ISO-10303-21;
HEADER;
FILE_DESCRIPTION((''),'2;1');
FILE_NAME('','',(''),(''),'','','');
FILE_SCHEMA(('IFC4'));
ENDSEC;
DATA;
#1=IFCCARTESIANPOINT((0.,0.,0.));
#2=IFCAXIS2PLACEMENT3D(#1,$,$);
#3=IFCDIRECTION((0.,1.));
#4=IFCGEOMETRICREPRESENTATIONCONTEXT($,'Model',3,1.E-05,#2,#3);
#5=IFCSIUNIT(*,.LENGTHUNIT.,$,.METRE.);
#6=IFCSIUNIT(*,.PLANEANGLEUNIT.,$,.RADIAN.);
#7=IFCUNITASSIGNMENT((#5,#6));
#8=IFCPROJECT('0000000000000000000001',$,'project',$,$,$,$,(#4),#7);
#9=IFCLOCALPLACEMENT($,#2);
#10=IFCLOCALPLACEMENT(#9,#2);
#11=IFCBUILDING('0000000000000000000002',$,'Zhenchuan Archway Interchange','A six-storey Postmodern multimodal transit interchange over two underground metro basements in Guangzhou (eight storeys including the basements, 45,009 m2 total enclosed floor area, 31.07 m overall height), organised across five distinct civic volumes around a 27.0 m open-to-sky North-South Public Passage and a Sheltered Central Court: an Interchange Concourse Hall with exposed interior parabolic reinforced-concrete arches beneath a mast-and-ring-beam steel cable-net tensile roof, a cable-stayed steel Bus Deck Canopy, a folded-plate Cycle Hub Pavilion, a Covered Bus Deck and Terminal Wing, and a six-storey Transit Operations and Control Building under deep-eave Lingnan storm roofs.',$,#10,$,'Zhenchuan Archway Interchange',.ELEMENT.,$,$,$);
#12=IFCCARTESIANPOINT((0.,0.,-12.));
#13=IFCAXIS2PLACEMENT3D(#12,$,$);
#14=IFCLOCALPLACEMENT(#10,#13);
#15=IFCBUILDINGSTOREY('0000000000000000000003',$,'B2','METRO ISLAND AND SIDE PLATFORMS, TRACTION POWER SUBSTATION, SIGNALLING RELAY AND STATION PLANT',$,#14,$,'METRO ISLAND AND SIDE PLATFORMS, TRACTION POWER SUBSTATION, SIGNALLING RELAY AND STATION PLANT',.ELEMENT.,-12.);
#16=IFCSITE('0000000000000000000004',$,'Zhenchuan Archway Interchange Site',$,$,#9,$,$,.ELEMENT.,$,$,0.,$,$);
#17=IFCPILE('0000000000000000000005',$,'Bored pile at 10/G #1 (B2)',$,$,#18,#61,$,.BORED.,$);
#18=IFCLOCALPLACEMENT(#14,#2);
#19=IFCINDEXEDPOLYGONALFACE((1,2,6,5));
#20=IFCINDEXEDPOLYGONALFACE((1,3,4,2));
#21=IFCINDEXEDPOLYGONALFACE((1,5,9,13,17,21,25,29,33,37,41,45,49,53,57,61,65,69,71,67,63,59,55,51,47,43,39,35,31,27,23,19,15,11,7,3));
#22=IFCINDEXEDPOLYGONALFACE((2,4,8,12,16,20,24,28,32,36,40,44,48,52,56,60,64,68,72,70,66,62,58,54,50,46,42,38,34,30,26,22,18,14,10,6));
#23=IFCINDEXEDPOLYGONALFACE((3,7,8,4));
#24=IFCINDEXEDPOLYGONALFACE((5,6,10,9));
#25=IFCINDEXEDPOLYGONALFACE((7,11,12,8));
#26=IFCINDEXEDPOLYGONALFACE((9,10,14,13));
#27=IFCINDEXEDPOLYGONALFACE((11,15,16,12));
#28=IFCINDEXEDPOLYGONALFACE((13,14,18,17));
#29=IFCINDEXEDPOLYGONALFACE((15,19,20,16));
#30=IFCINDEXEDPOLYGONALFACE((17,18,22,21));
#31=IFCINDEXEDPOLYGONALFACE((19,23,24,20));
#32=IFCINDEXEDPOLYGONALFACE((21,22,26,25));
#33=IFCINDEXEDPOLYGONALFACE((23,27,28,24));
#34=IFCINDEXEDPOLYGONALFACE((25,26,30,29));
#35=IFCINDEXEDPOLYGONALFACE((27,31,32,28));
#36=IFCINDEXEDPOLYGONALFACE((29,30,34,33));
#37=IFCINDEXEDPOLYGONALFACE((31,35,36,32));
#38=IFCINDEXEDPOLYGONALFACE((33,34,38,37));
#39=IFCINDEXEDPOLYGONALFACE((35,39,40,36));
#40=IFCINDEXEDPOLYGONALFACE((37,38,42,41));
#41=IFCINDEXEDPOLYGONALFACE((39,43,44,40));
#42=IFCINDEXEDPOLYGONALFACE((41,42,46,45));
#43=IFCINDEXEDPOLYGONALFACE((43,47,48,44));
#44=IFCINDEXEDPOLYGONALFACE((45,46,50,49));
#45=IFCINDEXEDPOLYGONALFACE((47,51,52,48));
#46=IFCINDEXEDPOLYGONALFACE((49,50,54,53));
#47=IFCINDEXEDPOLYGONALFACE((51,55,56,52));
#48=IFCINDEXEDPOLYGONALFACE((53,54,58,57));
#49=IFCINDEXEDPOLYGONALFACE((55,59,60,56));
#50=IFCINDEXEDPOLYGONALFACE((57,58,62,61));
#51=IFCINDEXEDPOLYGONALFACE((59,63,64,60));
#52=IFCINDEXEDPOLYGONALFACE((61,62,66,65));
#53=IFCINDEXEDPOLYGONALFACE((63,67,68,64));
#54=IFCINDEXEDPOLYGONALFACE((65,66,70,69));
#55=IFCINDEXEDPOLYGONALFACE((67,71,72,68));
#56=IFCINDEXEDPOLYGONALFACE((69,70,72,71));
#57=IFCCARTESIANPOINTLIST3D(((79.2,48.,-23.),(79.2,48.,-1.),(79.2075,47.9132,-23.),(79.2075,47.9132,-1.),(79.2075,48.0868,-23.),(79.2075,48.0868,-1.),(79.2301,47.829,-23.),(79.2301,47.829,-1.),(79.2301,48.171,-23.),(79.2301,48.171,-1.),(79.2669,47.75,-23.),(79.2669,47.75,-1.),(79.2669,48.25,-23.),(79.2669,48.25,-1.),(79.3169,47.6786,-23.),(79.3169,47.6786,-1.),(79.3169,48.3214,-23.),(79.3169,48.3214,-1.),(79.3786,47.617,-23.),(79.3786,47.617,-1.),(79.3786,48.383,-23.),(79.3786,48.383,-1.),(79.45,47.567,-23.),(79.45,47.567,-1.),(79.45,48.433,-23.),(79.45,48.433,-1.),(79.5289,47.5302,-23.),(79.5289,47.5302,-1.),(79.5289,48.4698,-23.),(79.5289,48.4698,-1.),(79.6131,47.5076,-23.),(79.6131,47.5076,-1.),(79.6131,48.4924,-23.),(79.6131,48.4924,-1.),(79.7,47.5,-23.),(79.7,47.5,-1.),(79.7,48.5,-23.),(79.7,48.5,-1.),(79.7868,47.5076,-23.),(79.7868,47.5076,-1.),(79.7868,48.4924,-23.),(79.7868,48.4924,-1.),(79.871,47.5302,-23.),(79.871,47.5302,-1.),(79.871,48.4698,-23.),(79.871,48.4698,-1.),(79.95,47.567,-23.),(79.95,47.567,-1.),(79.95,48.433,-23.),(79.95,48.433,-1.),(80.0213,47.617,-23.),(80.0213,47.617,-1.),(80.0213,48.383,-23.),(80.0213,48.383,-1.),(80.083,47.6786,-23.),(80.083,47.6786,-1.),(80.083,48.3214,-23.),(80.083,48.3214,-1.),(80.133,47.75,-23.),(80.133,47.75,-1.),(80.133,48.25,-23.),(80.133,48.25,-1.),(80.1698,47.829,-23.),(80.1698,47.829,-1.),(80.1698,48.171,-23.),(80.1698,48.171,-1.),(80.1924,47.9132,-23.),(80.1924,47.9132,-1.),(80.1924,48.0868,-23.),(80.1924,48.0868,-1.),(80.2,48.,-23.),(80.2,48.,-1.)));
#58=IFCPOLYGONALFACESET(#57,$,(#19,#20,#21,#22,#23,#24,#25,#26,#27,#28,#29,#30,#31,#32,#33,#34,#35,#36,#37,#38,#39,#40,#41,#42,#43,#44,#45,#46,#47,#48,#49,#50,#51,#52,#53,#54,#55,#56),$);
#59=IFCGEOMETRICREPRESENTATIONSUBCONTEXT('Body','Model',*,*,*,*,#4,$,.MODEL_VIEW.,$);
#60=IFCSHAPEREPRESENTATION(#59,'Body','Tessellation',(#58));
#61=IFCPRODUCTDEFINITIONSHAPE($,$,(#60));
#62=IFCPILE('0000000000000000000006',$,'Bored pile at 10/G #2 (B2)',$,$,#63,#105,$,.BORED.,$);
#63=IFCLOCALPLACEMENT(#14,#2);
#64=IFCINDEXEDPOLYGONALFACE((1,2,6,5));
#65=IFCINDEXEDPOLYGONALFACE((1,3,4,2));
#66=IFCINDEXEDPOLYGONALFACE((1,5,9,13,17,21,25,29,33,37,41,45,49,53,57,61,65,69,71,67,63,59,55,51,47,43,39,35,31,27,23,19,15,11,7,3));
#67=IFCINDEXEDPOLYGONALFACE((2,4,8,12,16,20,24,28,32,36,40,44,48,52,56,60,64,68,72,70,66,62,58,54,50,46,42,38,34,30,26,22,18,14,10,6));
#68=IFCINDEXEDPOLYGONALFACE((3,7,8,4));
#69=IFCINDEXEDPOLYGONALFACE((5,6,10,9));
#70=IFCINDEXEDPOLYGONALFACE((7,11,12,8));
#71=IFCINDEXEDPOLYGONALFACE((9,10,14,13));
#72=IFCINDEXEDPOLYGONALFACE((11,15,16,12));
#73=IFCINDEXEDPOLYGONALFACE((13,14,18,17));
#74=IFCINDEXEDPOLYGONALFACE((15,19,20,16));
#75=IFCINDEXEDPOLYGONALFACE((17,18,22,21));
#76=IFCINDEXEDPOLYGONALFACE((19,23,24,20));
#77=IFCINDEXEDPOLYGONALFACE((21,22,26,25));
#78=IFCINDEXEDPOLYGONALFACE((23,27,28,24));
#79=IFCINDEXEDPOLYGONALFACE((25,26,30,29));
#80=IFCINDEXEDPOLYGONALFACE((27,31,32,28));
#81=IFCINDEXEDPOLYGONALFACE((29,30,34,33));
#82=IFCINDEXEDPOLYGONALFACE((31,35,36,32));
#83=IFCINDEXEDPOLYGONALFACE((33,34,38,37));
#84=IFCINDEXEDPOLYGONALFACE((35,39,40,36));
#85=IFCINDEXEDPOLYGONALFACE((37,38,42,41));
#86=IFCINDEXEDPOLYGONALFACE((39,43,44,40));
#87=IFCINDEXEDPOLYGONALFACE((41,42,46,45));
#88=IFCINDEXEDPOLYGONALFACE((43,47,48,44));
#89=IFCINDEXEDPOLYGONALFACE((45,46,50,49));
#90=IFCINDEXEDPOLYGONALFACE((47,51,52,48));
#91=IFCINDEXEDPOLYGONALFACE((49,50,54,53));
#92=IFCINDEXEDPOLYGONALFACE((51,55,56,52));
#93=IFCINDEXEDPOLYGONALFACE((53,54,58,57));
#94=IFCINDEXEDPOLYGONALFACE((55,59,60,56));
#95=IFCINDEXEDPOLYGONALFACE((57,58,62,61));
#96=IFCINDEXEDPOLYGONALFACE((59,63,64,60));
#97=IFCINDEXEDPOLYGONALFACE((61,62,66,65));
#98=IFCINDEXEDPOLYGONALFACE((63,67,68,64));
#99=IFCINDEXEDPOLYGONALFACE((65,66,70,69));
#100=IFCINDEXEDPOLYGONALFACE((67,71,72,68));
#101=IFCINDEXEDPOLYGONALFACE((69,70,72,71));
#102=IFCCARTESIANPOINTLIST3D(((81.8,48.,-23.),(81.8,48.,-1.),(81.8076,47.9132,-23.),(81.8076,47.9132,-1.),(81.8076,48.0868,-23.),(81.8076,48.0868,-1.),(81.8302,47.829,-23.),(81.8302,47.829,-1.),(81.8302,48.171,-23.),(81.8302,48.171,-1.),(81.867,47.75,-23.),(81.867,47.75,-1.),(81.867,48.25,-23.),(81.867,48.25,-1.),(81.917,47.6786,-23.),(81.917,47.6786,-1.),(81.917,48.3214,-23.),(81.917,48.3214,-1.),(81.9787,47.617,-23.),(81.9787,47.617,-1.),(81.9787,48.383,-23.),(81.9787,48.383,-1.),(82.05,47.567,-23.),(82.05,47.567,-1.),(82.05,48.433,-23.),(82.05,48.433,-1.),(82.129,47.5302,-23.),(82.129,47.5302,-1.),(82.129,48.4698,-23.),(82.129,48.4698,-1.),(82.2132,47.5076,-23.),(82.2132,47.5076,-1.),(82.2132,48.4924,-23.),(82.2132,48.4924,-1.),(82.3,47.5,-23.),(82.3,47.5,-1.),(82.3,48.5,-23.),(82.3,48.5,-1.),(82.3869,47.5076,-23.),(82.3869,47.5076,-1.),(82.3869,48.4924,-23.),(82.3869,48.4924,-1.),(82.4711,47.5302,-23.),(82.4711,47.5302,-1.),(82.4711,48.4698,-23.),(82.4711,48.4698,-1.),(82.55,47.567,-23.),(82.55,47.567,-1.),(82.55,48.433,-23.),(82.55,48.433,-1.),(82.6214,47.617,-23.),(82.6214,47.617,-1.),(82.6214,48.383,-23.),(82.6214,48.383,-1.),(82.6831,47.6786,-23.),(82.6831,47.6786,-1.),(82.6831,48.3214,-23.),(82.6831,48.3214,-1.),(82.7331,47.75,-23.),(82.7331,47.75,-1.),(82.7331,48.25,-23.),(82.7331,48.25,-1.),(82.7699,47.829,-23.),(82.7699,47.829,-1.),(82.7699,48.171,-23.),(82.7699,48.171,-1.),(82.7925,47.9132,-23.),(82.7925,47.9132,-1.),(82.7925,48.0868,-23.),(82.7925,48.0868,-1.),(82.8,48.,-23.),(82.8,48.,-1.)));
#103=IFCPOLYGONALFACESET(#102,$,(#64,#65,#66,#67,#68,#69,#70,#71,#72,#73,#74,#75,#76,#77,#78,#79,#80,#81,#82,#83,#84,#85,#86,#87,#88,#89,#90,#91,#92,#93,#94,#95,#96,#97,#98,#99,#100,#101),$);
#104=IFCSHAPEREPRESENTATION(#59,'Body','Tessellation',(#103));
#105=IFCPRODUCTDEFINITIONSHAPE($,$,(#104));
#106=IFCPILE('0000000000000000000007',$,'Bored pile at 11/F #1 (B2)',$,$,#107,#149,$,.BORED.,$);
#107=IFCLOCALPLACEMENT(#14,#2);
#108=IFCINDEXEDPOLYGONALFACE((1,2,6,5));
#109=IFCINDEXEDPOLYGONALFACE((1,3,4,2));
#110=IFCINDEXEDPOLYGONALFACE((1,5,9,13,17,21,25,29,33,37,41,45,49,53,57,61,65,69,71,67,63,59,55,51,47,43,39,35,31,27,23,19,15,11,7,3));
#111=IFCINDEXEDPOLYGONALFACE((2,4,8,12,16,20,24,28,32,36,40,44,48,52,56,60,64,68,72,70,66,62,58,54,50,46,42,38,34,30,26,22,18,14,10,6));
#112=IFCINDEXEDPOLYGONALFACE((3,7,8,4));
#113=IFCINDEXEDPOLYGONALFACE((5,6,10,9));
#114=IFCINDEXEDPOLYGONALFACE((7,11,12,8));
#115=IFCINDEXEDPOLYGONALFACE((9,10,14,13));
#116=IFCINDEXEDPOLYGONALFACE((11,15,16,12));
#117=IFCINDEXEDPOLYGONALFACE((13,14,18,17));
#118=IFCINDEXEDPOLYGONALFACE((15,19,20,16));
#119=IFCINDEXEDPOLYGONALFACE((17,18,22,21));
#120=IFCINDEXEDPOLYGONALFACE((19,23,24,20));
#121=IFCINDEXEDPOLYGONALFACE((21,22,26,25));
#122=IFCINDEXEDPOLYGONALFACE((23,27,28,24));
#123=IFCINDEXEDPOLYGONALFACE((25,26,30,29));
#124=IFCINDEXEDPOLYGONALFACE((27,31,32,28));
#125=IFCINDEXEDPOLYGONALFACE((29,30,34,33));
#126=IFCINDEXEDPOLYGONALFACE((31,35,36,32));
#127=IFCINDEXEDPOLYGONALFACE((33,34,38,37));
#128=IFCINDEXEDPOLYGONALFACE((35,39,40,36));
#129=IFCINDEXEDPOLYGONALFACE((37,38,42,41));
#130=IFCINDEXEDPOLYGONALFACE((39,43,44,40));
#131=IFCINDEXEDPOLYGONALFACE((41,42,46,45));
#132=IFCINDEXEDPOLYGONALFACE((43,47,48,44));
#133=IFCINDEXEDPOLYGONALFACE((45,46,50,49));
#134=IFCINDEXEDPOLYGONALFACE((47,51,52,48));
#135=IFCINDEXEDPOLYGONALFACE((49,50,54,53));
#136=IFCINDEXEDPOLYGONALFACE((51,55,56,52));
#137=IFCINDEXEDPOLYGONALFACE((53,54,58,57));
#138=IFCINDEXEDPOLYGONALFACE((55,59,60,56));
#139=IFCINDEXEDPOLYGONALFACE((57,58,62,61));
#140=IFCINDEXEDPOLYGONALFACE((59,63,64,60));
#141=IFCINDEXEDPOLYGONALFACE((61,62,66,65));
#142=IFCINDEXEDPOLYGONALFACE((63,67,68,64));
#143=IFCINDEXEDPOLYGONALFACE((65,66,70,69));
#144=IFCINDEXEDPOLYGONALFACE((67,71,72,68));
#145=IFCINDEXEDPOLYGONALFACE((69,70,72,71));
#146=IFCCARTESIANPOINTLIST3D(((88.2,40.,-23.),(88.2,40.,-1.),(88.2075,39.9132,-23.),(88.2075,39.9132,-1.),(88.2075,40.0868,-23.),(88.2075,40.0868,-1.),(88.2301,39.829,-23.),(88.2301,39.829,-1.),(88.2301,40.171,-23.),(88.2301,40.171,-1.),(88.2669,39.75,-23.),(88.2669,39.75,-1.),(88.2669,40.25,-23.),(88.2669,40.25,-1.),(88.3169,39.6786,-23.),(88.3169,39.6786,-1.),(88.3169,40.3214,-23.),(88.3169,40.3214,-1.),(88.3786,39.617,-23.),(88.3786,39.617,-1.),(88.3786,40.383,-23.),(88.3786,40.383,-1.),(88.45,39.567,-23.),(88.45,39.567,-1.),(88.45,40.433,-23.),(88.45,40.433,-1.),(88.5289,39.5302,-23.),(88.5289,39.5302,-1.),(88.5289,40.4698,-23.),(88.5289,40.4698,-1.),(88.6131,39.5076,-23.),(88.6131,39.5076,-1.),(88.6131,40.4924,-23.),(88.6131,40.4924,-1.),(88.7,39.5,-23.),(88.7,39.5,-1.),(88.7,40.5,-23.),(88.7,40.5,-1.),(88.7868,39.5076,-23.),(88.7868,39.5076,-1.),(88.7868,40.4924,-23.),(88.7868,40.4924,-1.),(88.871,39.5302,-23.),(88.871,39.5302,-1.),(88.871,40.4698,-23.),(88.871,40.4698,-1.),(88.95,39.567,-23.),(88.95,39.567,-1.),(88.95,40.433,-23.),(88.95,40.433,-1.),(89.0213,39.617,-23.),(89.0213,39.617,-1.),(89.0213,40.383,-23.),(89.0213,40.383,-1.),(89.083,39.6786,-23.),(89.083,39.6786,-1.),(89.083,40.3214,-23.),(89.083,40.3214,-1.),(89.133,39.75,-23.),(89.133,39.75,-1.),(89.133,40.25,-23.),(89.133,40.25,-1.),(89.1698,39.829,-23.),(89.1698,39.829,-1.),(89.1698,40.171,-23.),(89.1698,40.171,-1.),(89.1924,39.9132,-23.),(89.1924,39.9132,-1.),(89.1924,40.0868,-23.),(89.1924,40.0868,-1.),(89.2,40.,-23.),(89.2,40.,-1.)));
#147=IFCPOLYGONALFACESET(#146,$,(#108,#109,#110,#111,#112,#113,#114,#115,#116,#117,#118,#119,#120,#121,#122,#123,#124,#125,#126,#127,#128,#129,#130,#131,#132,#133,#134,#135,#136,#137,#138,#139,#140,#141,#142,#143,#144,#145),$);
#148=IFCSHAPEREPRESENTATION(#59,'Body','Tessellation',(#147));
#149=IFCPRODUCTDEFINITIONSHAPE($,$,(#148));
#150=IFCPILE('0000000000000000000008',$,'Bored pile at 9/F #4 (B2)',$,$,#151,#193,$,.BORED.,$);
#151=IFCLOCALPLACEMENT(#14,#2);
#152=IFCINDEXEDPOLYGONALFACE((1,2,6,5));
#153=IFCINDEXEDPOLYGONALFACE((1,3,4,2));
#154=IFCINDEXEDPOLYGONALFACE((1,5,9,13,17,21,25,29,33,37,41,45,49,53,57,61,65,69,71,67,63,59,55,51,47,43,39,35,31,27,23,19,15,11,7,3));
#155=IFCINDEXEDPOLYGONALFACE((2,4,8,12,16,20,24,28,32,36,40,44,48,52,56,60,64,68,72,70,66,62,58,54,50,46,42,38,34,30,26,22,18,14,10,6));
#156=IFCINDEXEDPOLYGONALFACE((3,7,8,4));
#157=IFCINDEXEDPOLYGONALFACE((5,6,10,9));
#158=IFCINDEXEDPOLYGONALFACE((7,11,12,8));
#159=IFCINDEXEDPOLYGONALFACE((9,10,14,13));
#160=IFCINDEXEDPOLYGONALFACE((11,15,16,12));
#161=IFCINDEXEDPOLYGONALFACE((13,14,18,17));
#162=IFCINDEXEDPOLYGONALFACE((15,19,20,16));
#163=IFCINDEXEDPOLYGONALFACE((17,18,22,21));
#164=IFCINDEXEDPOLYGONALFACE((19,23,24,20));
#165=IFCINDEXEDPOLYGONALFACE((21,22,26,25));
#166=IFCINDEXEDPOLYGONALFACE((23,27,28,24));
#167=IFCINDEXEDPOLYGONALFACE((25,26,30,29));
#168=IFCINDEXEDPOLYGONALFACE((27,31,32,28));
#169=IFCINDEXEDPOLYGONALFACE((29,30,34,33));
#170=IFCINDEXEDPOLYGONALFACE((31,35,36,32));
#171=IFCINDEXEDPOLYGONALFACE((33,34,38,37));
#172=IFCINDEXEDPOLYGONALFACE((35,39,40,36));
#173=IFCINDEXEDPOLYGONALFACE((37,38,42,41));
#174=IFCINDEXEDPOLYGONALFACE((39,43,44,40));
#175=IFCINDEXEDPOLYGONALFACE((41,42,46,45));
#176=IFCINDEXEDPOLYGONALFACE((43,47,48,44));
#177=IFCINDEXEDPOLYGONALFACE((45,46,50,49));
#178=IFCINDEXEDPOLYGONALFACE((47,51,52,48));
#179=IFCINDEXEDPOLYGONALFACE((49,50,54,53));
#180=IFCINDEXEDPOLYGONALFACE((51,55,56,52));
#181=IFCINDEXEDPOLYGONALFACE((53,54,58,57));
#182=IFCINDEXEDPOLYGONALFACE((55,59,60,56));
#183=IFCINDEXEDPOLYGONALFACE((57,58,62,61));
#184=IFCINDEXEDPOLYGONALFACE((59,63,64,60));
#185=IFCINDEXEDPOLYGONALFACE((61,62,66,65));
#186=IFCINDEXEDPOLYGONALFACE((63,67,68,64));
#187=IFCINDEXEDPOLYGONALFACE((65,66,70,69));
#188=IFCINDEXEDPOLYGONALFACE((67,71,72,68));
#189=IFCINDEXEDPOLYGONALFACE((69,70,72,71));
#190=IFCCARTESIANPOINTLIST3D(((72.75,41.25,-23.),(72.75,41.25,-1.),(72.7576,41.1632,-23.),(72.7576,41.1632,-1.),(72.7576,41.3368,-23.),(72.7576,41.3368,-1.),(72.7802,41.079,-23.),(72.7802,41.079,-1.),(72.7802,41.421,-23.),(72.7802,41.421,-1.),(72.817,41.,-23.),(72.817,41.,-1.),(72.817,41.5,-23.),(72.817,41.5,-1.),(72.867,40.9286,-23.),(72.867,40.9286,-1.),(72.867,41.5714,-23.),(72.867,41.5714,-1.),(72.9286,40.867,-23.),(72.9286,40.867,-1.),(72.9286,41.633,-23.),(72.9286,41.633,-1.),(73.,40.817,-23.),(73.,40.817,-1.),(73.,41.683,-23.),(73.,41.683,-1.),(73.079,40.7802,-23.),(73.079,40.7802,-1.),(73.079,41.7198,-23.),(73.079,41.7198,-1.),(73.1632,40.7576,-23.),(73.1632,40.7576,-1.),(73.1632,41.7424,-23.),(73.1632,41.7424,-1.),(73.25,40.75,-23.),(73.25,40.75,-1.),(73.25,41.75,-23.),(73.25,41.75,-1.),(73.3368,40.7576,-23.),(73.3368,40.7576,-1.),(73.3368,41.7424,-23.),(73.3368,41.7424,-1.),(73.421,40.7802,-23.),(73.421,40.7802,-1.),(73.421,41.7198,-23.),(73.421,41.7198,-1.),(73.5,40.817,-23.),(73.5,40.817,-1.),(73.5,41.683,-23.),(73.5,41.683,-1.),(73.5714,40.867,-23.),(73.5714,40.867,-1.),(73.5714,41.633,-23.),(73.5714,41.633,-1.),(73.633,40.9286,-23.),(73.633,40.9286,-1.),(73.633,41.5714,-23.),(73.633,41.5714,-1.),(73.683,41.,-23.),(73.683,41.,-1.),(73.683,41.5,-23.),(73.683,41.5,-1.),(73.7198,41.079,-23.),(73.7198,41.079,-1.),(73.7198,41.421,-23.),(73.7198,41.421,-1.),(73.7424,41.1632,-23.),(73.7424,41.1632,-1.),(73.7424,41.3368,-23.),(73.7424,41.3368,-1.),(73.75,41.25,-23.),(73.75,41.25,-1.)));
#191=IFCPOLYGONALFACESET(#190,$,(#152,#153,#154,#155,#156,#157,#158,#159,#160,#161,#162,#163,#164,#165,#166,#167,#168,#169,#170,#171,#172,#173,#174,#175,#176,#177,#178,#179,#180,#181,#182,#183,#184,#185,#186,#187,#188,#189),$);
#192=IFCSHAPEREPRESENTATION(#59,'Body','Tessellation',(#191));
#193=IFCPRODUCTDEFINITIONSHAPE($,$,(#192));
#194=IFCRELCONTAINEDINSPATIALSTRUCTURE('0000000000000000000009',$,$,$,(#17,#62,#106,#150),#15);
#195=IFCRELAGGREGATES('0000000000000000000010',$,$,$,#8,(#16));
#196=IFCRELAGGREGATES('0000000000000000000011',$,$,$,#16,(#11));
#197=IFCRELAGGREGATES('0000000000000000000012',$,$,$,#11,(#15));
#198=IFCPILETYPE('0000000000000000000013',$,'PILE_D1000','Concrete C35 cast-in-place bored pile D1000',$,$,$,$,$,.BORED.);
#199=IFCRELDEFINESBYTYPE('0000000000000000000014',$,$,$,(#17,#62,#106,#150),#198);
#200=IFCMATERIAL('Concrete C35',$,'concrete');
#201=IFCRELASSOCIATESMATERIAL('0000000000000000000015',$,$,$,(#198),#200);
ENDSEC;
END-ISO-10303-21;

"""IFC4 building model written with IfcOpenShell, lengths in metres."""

from ifc_helpers import new_model, si_unit, direction, frame, origin, origin_2d, place, context, subcontext, project, spatial, circle, extrude, material, material_profile, profile_set, type_object, element, save


model = new_model("IFC4")

# Units and contexts
model_context = context("Model", 3, precision=1e-05, world=origin(), true_north=direction((0.0, 1.0)))
body_context = subcontext(model_context, "Body", "Model", "MODEL_VIEW")
ifc_project = project(units=[si_unit("LENGTHUNIT", "METRE"), si_unit("PLANEANGLEUNIT", "RADIAN")], contexts=[model_context])

# Site, building, storey
site_placement = place(None, origin())
site = spatial("IfcSite", under=ifc_project, at=site_placement, Name="Zhenchuan Archway Interchange Site", CompositionType="ELEMENT", RefElevation=0.0)
building_placement = place(site_placement, origin())
building = spatial("IfcBuilding", under=site, at=building_placement, Name="Zhenchuan Archway Interchange", Description="A six-storey Postmodern multimodal transit interchange over two underground metro basements in Guangzhou (eight storeys including the basements, 45,009 m2 total enclosed floor area, 31.07 m overall height), organised across five distinct civic volumes around a 27.0 m open-to-sky North-South Public Passage and a Sheltered Central Court: an Interchange Concourse Hall with exposed interior parabolic reinforced-concrete arches beneath a mast-and-ring-beam steel cable-net tensile roof, a cable-stayed steel Bus Deck Canopy, a folded-plate Cycle Hub Pavilion, a Covered Bus Deck and Terminal Wing, and a six-storey Transit Operations and Control Building under deep-eave Lingnan storm roofs.", LongName="Zhenchuan Archway Interchange", CompositionType="ELEMENT")
storey_placement = place(building_placement, frame((0.0, 0.0, -12.0)))
storey = spatial("IfcBuildingStorey", under=building, at=storey_placement, Name="B2", Description="METRO ISLAND AND SIDE PLATFORMS, TRACTION POWER SUBSTATION, SIGNALLING RELAY AND STATION PLANT", LongName="METRO ISLAND AND SIDE PLATFORMS, TRACTION POWER SUBSTATION, SIGNALLING RELAY AND STATION PLANT", CompositionType="ELEMENT", Elevation=-12.0)

# Piles
ifc_material_1 = material(Name="Concrete C35", Category="concrete")
ifc_material_profile_1 = material_profile(ifc_material_1, circle(Radius=0.5, at=origin_2d()), Name="BORED PILE 1000")
ifc_profile_set_1 = profile_set([ifc_material_profile_1], Name="Concrete C35")
pile_type_1 = type_object("IfcPileType", Name="PILE_D1000", Description="Concrete C35 cast-in-place bored pile D1000", PredefinedType="BORED", material=ifc_profile_set_1)
for number, where, z_axis, x_axis, name in (
    (1, (79.7, 48.0, -1.0), (0.0, 0.0, -1.0), (1.0, 0.0, 0.0), "Bored pile at 10/G #1 (B2)"),
    (2, (82.3, 48.0, -1.0), (0.0, 0.0, -1.0), (1.0, 0.0, 0.0), "Bored pile at 10/G #2 (B2)"),
    (3, (88.7, 40.0, -1.0), (0.0, 0.0, -1.0), (1.0, 0.0, 0.0), "Bored pile at 11/F #1 (B2)"),
    (4, (73.25, 41.25, -1.0), (0.0, 0.0, -1.0), (1.0, 0.0, 0.0), "Bored pile at 9/F #4 (B2)"),
):
    element("IfcPile", number, at=place(storey_placement, frame(where, z_axis=z_axis, x_axis=x_axis)), inside=storey, type_object=pile_type_1, Name=name, PredefinedType="BORED", context=body_context, shape_type="SweptSolid", body=[
        extrude(circle(Radius=0.5, at=origin_2d()), origin(), (0.0, 0.0, 1.0), 22.0),
    ])

save(model, "model.ifc")
